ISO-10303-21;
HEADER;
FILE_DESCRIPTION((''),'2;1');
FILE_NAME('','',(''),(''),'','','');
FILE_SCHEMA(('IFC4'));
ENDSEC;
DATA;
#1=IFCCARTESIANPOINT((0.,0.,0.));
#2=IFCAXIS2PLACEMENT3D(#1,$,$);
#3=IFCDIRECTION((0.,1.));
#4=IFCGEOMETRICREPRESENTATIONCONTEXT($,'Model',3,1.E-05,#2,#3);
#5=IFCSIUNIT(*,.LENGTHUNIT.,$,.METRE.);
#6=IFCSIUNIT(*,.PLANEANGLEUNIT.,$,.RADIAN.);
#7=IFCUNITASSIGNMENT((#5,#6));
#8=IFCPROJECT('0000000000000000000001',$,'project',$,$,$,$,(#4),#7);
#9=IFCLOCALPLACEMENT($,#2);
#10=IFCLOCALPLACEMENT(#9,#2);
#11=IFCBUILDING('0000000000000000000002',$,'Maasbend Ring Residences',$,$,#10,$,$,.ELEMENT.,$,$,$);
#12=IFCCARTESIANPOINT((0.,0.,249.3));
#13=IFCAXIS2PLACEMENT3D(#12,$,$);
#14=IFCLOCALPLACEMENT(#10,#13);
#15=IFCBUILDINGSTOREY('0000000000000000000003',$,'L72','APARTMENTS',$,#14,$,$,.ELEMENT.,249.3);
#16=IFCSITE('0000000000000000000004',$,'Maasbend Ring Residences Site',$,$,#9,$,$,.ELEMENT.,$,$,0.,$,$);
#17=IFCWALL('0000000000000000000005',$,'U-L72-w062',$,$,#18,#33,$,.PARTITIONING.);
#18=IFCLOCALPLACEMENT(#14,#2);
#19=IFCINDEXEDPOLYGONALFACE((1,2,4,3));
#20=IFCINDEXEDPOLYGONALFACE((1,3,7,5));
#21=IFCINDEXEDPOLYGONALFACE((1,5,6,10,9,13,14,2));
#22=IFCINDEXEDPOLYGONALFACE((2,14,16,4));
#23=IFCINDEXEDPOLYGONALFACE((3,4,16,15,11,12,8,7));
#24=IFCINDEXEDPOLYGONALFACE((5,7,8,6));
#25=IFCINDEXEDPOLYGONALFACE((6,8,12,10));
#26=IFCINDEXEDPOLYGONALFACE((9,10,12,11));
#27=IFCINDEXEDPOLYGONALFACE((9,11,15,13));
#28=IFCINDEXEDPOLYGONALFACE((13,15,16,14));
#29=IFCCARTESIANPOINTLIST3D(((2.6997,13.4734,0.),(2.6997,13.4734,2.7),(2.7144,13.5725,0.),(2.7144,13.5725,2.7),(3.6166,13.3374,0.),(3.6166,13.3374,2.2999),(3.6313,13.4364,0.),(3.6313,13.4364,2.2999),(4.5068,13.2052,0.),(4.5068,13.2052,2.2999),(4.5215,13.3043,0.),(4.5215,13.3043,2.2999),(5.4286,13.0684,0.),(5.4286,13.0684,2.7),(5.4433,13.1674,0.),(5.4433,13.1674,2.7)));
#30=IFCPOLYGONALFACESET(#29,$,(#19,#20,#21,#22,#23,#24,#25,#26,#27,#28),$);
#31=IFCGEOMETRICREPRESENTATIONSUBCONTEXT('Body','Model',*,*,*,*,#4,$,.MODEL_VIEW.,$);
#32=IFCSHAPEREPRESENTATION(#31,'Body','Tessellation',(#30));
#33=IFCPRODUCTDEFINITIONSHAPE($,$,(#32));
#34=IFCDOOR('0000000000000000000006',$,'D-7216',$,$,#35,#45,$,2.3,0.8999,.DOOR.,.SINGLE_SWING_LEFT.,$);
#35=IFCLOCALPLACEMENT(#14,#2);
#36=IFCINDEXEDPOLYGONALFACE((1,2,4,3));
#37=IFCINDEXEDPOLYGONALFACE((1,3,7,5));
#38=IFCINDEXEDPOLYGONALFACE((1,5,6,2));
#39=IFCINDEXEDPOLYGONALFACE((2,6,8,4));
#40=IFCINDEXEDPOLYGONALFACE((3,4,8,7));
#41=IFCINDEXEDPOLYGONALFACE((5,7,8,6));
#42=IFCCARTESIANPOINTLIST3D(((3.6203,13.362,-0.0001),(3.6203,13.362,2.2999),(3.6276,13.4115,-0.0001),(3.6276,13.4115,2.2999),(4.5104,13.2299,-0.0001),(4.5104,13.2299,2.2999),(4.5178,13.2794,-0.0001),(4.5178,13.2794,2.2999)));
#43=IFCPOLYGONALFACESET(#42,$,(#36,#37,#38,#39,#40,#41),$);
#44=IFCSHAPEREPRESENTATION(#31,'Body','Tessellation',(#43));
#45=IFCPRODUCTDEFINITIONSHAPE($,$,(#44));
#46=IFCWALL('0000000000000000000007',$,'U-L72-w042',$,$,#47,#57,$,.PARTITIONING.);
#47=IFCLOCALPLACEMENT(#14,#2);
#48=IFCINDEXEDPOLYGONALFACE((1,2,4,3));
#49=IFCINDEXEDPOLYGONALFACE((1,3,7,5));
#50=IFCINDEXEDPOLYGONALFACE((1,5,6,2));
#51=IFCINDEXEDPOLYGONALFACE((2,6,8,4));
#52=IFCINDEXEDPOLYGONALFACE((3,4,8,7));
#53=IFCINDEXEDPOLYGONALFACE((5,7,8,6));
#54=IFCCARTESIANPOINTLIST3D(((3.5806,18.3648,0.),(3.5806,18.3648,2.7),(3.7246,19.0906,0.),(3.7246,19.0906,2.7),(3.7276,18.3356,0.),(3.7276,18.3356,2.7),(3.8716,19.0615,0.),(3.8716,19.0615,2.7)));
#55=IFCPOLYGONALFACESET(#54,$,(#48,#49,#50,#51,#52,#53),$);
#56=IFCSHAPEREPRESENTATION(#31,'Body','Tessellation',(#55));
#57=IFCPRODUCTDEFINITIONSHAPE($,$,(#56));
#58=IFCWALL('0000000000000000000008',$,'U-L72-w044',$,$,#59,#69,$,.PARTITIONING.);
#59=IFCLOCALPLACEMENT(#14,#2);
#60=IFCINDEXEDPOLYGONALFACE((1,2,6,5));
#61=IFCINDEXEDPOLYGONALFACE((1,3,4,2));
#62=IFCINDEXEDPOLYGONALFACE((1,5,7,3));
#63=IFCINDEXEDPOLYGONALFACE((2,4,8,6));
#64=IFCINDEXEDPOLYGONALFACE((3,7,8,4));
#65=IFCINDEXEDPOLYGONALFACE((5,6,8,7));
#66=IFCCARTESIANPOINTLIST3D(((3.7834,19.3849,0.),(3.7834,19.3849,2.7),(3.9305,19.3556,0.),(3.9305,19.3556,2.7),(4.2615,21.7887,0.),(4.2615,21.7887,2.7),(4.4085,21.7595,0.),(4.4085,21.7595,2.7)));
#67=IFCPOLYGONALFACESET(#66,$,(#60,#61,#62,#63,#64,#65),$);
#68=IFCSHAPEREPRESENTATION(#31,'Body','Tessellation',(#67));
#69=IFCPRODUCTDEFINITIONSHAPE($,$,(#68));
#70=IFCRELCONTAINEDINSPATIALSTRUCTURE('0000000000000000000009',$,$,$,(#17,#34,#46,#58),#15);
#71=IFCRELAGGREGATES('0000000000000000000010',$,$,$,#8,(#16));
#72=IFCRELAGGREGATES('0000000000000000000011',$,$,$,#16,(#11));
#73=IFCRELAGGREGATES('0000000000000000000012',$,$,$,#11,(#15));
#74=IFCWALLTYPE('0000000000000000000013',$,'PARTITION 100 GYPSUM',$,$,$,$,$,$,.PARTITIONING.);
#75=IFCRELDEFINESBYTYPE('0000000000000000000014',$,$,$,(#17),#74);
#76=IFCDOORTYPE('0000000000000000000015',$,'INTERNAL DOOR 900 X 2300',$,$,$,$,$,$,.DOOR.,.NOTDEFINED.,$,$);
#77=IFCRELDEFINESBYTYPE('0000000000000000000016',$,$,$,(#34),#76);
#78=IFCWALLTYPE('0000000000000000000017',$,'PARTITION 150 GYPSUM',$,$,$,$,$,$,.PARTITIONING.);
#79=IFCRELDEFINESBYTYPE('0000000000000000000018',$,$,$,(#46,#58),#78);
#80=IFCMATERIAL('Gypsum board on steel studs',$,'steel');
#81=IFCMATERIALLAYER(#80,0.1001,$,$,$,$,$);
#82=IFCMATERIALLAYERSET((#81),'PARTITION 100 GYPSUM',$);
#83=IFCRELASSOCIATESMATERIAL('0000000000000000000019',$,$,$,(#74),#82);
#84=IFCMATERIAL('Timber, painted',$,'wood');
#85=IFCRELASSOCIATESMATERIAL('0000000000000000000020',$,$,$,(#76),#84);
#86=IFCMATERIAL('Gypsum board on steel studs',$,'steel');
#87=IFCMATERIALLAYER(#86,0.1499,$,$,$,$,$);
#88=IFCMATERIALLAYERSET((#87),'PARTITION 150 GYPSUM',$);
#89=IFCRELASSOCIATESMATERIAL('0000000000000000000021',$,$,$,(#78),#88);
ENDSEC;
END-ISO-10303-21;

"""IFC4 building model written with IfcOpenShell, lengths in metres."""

from ifc_helpers import new_model, si_unit, direction, frame, frame_2d, origin, place, context, subcontext, project, spatial, rectangle, extrude, material, layer, layer_set, type_object, element, fill, save


model = new_model("IFC4")

# Units and contexts
model_context = context("Model", 3, precision=1e-05, world=origin(), true_north=direction((0.0, 1.0)))
body_context = subcontext(model_context, "Body", "Model", "MODEL_VIEW")
ifc_project = project(units=[si_unit("LENGTHUNIT", "METRE"), si_unit("PLANEANGLEUNIT", "RADIAN")], contexts=[model_context])

# Site, building, storey
site_placement = place(None, origin())
site = spatial("IfcSite", under=ifc_project, at=site_placement, Name="Maasbend Ring Residences Site", CompositionType="ELEMENT", RefElevation=0.0)
building_placement = place(site_placement, origin())
building = spatial("IfcBuilding", under=site, at=building_placement, Name="Maasbend Ring Residences", CompositionType="ELEMENT")
storey_placement = place(building_placement, frame((0.0, 0.0, 249.3)))
storey = spatial("IfcBuildingStorey", under=building, at=storey_placement, Name="L72", Description="APARTMENTS", CompositionType="ELEMENT", Elevation=249.3)

# Shared definitions
ifc_material_1 = material(Name="Gypsum board on steel studs", Category="steel")
ifc_layer_1 = layer(ifc_material_1, 0.1001)
ifc_layer_set_1 = layer_set([ifc_layer_1], Name="PARTITION 100 GYPSUM")
wall_type_1 = type_object("IfcWallType", Name="PARTITION 100 GYPSUM", PredefinedType="PARTITIONING", material=ifc_layer_set_1)

# Wall, opening, door
ifc_material_2 = material(Name="Timber, painted", Category="wood")
door_type_1 = type_object("IfcDoorType", Name="INTERNAL DOOR 900 X 2300", OperationType="NOTDEFINED", PredefinedType="DOOR", material=ifc_material_2)
wall_1_placement = place(storey_placement, frame((2.707, 13.5229, 0.0), z_axis=(0.0, 0.0, 1.0), x_axis=(0.989165, -0.146808, 0.0)))
wall_1 = element("IfcWall", 1, at=wall_1_placement, inside=storey, type_object=wall_type_1, Name="U-L72-w062", PredefinedType="PARTITIONING", context=body_context, shape_type="SweptSolid", body=[
    extrude(rectangle(XDim=2.7588, YDim=0.1001, at=frame_2d((1.3794, 0.0))), origin(), (0.0, 0.0, 1.0), 2.7),
])
opening_1_placement = place(wall_1_placement, frame((0.927, 0.0, 0.0)))
opening_1 = element("IfcOpeningElement", 2, at=opening_1_placement, cuts=wall_1, PredefinedType="OPENING", context=body_context, shape_type="SweptSolid", body=[
    extrude(rectangle(XDim=0.8999, YDim=2.3, at=frame_2d((0.45, 1.1499))), frame((0.0, 0.0601, 0.0), z_axis=(0.0, -1.0, 0.0), x_axis=(1.0, 0.0, 0.0)), (0.0, 0.0, 1.0), 0.1201),
])
door_1_placement = place(opening_1_placement, origin())
door_1 = element("IfcDoor", 3, at=door_1_placement, inside=storey, type_object=door_type_1, Name="D-7216", OperationType="SINGLE_SWING_LEFT", OverallHeight=2.3, OverallWidth=0.8999, PredefinedType="DOOR", context=body_context, shape_type="SweptSolid", body=[
    extrude(rectangle(XDim=0.8999, YDim=2.3, at=frame_2d((0.45, 1.1499))), frame((0.0, 0.0249, 0.0), z_axis=(0.0, -1.0, 0.0), x_axis=(1.0, 0.0, 0.0)), (0.0, 0.0, 1.0), 0.05),
])
fill(opening_1, door_1)

# Walls
ifc_material_3 = material(Name="Gypsum board on steel studs", Category="steel")
ifc_layer_2 = layer(ifc_material_3, 0.1499)
ifc_layer_set_2 = layer_set([ifc_layer_2], Name="PARTITION 150 GYPSUM")
wall_type_2 = type_object("IfcWallType", Name="PARTITION 150 GYPSUM", PredefinedType="PARTITIONING", material=ifc_layer_set_2)
wall_2_placement = place(storey_placement, frame((3.6541, 18.3501, 0.0), z_axis=(0.0, 0.0, 1.0), x_axis=(0.194657, 0.980871, 0.0)))
element("IfcWall", 4, at=wall_2_placement, inside=storey, type_object=wall_type_2, Name="U-L72-w042", PredefinedType="PARTITIONING", context=body_context, shape_type="SweptSolid", body=[
    extrude(rectangle(XDim=0.74, YDim=0.1499, at=frame_2d((0.3701, 0.0))), origin(), (0.0, 0.0, 1.0), 2.7),
])
wall_3_placement = place(storey_placement, frame((3.8569, 19.3701, 0.0), z_axis=(0.0, 0.0, 1.0), x_axis=(0.195043, 0.980795, 0.0)))
element("IfcWall", 5, at=wall_3_placement, inside=storey, type_object=wall_type_2, Name="U-L72-w044", PredefinedType="PARTITIONING", context=body_context, shape_type="SweptSolid", body=[
    extrude(rectangle(XDim=2.4509, YDim=0.1499, at=frame_2d((1.2256, 0.0))), origin(), (0.0, 0.0, 1.0), 2.7),
])

save(model, "model.ifc")
